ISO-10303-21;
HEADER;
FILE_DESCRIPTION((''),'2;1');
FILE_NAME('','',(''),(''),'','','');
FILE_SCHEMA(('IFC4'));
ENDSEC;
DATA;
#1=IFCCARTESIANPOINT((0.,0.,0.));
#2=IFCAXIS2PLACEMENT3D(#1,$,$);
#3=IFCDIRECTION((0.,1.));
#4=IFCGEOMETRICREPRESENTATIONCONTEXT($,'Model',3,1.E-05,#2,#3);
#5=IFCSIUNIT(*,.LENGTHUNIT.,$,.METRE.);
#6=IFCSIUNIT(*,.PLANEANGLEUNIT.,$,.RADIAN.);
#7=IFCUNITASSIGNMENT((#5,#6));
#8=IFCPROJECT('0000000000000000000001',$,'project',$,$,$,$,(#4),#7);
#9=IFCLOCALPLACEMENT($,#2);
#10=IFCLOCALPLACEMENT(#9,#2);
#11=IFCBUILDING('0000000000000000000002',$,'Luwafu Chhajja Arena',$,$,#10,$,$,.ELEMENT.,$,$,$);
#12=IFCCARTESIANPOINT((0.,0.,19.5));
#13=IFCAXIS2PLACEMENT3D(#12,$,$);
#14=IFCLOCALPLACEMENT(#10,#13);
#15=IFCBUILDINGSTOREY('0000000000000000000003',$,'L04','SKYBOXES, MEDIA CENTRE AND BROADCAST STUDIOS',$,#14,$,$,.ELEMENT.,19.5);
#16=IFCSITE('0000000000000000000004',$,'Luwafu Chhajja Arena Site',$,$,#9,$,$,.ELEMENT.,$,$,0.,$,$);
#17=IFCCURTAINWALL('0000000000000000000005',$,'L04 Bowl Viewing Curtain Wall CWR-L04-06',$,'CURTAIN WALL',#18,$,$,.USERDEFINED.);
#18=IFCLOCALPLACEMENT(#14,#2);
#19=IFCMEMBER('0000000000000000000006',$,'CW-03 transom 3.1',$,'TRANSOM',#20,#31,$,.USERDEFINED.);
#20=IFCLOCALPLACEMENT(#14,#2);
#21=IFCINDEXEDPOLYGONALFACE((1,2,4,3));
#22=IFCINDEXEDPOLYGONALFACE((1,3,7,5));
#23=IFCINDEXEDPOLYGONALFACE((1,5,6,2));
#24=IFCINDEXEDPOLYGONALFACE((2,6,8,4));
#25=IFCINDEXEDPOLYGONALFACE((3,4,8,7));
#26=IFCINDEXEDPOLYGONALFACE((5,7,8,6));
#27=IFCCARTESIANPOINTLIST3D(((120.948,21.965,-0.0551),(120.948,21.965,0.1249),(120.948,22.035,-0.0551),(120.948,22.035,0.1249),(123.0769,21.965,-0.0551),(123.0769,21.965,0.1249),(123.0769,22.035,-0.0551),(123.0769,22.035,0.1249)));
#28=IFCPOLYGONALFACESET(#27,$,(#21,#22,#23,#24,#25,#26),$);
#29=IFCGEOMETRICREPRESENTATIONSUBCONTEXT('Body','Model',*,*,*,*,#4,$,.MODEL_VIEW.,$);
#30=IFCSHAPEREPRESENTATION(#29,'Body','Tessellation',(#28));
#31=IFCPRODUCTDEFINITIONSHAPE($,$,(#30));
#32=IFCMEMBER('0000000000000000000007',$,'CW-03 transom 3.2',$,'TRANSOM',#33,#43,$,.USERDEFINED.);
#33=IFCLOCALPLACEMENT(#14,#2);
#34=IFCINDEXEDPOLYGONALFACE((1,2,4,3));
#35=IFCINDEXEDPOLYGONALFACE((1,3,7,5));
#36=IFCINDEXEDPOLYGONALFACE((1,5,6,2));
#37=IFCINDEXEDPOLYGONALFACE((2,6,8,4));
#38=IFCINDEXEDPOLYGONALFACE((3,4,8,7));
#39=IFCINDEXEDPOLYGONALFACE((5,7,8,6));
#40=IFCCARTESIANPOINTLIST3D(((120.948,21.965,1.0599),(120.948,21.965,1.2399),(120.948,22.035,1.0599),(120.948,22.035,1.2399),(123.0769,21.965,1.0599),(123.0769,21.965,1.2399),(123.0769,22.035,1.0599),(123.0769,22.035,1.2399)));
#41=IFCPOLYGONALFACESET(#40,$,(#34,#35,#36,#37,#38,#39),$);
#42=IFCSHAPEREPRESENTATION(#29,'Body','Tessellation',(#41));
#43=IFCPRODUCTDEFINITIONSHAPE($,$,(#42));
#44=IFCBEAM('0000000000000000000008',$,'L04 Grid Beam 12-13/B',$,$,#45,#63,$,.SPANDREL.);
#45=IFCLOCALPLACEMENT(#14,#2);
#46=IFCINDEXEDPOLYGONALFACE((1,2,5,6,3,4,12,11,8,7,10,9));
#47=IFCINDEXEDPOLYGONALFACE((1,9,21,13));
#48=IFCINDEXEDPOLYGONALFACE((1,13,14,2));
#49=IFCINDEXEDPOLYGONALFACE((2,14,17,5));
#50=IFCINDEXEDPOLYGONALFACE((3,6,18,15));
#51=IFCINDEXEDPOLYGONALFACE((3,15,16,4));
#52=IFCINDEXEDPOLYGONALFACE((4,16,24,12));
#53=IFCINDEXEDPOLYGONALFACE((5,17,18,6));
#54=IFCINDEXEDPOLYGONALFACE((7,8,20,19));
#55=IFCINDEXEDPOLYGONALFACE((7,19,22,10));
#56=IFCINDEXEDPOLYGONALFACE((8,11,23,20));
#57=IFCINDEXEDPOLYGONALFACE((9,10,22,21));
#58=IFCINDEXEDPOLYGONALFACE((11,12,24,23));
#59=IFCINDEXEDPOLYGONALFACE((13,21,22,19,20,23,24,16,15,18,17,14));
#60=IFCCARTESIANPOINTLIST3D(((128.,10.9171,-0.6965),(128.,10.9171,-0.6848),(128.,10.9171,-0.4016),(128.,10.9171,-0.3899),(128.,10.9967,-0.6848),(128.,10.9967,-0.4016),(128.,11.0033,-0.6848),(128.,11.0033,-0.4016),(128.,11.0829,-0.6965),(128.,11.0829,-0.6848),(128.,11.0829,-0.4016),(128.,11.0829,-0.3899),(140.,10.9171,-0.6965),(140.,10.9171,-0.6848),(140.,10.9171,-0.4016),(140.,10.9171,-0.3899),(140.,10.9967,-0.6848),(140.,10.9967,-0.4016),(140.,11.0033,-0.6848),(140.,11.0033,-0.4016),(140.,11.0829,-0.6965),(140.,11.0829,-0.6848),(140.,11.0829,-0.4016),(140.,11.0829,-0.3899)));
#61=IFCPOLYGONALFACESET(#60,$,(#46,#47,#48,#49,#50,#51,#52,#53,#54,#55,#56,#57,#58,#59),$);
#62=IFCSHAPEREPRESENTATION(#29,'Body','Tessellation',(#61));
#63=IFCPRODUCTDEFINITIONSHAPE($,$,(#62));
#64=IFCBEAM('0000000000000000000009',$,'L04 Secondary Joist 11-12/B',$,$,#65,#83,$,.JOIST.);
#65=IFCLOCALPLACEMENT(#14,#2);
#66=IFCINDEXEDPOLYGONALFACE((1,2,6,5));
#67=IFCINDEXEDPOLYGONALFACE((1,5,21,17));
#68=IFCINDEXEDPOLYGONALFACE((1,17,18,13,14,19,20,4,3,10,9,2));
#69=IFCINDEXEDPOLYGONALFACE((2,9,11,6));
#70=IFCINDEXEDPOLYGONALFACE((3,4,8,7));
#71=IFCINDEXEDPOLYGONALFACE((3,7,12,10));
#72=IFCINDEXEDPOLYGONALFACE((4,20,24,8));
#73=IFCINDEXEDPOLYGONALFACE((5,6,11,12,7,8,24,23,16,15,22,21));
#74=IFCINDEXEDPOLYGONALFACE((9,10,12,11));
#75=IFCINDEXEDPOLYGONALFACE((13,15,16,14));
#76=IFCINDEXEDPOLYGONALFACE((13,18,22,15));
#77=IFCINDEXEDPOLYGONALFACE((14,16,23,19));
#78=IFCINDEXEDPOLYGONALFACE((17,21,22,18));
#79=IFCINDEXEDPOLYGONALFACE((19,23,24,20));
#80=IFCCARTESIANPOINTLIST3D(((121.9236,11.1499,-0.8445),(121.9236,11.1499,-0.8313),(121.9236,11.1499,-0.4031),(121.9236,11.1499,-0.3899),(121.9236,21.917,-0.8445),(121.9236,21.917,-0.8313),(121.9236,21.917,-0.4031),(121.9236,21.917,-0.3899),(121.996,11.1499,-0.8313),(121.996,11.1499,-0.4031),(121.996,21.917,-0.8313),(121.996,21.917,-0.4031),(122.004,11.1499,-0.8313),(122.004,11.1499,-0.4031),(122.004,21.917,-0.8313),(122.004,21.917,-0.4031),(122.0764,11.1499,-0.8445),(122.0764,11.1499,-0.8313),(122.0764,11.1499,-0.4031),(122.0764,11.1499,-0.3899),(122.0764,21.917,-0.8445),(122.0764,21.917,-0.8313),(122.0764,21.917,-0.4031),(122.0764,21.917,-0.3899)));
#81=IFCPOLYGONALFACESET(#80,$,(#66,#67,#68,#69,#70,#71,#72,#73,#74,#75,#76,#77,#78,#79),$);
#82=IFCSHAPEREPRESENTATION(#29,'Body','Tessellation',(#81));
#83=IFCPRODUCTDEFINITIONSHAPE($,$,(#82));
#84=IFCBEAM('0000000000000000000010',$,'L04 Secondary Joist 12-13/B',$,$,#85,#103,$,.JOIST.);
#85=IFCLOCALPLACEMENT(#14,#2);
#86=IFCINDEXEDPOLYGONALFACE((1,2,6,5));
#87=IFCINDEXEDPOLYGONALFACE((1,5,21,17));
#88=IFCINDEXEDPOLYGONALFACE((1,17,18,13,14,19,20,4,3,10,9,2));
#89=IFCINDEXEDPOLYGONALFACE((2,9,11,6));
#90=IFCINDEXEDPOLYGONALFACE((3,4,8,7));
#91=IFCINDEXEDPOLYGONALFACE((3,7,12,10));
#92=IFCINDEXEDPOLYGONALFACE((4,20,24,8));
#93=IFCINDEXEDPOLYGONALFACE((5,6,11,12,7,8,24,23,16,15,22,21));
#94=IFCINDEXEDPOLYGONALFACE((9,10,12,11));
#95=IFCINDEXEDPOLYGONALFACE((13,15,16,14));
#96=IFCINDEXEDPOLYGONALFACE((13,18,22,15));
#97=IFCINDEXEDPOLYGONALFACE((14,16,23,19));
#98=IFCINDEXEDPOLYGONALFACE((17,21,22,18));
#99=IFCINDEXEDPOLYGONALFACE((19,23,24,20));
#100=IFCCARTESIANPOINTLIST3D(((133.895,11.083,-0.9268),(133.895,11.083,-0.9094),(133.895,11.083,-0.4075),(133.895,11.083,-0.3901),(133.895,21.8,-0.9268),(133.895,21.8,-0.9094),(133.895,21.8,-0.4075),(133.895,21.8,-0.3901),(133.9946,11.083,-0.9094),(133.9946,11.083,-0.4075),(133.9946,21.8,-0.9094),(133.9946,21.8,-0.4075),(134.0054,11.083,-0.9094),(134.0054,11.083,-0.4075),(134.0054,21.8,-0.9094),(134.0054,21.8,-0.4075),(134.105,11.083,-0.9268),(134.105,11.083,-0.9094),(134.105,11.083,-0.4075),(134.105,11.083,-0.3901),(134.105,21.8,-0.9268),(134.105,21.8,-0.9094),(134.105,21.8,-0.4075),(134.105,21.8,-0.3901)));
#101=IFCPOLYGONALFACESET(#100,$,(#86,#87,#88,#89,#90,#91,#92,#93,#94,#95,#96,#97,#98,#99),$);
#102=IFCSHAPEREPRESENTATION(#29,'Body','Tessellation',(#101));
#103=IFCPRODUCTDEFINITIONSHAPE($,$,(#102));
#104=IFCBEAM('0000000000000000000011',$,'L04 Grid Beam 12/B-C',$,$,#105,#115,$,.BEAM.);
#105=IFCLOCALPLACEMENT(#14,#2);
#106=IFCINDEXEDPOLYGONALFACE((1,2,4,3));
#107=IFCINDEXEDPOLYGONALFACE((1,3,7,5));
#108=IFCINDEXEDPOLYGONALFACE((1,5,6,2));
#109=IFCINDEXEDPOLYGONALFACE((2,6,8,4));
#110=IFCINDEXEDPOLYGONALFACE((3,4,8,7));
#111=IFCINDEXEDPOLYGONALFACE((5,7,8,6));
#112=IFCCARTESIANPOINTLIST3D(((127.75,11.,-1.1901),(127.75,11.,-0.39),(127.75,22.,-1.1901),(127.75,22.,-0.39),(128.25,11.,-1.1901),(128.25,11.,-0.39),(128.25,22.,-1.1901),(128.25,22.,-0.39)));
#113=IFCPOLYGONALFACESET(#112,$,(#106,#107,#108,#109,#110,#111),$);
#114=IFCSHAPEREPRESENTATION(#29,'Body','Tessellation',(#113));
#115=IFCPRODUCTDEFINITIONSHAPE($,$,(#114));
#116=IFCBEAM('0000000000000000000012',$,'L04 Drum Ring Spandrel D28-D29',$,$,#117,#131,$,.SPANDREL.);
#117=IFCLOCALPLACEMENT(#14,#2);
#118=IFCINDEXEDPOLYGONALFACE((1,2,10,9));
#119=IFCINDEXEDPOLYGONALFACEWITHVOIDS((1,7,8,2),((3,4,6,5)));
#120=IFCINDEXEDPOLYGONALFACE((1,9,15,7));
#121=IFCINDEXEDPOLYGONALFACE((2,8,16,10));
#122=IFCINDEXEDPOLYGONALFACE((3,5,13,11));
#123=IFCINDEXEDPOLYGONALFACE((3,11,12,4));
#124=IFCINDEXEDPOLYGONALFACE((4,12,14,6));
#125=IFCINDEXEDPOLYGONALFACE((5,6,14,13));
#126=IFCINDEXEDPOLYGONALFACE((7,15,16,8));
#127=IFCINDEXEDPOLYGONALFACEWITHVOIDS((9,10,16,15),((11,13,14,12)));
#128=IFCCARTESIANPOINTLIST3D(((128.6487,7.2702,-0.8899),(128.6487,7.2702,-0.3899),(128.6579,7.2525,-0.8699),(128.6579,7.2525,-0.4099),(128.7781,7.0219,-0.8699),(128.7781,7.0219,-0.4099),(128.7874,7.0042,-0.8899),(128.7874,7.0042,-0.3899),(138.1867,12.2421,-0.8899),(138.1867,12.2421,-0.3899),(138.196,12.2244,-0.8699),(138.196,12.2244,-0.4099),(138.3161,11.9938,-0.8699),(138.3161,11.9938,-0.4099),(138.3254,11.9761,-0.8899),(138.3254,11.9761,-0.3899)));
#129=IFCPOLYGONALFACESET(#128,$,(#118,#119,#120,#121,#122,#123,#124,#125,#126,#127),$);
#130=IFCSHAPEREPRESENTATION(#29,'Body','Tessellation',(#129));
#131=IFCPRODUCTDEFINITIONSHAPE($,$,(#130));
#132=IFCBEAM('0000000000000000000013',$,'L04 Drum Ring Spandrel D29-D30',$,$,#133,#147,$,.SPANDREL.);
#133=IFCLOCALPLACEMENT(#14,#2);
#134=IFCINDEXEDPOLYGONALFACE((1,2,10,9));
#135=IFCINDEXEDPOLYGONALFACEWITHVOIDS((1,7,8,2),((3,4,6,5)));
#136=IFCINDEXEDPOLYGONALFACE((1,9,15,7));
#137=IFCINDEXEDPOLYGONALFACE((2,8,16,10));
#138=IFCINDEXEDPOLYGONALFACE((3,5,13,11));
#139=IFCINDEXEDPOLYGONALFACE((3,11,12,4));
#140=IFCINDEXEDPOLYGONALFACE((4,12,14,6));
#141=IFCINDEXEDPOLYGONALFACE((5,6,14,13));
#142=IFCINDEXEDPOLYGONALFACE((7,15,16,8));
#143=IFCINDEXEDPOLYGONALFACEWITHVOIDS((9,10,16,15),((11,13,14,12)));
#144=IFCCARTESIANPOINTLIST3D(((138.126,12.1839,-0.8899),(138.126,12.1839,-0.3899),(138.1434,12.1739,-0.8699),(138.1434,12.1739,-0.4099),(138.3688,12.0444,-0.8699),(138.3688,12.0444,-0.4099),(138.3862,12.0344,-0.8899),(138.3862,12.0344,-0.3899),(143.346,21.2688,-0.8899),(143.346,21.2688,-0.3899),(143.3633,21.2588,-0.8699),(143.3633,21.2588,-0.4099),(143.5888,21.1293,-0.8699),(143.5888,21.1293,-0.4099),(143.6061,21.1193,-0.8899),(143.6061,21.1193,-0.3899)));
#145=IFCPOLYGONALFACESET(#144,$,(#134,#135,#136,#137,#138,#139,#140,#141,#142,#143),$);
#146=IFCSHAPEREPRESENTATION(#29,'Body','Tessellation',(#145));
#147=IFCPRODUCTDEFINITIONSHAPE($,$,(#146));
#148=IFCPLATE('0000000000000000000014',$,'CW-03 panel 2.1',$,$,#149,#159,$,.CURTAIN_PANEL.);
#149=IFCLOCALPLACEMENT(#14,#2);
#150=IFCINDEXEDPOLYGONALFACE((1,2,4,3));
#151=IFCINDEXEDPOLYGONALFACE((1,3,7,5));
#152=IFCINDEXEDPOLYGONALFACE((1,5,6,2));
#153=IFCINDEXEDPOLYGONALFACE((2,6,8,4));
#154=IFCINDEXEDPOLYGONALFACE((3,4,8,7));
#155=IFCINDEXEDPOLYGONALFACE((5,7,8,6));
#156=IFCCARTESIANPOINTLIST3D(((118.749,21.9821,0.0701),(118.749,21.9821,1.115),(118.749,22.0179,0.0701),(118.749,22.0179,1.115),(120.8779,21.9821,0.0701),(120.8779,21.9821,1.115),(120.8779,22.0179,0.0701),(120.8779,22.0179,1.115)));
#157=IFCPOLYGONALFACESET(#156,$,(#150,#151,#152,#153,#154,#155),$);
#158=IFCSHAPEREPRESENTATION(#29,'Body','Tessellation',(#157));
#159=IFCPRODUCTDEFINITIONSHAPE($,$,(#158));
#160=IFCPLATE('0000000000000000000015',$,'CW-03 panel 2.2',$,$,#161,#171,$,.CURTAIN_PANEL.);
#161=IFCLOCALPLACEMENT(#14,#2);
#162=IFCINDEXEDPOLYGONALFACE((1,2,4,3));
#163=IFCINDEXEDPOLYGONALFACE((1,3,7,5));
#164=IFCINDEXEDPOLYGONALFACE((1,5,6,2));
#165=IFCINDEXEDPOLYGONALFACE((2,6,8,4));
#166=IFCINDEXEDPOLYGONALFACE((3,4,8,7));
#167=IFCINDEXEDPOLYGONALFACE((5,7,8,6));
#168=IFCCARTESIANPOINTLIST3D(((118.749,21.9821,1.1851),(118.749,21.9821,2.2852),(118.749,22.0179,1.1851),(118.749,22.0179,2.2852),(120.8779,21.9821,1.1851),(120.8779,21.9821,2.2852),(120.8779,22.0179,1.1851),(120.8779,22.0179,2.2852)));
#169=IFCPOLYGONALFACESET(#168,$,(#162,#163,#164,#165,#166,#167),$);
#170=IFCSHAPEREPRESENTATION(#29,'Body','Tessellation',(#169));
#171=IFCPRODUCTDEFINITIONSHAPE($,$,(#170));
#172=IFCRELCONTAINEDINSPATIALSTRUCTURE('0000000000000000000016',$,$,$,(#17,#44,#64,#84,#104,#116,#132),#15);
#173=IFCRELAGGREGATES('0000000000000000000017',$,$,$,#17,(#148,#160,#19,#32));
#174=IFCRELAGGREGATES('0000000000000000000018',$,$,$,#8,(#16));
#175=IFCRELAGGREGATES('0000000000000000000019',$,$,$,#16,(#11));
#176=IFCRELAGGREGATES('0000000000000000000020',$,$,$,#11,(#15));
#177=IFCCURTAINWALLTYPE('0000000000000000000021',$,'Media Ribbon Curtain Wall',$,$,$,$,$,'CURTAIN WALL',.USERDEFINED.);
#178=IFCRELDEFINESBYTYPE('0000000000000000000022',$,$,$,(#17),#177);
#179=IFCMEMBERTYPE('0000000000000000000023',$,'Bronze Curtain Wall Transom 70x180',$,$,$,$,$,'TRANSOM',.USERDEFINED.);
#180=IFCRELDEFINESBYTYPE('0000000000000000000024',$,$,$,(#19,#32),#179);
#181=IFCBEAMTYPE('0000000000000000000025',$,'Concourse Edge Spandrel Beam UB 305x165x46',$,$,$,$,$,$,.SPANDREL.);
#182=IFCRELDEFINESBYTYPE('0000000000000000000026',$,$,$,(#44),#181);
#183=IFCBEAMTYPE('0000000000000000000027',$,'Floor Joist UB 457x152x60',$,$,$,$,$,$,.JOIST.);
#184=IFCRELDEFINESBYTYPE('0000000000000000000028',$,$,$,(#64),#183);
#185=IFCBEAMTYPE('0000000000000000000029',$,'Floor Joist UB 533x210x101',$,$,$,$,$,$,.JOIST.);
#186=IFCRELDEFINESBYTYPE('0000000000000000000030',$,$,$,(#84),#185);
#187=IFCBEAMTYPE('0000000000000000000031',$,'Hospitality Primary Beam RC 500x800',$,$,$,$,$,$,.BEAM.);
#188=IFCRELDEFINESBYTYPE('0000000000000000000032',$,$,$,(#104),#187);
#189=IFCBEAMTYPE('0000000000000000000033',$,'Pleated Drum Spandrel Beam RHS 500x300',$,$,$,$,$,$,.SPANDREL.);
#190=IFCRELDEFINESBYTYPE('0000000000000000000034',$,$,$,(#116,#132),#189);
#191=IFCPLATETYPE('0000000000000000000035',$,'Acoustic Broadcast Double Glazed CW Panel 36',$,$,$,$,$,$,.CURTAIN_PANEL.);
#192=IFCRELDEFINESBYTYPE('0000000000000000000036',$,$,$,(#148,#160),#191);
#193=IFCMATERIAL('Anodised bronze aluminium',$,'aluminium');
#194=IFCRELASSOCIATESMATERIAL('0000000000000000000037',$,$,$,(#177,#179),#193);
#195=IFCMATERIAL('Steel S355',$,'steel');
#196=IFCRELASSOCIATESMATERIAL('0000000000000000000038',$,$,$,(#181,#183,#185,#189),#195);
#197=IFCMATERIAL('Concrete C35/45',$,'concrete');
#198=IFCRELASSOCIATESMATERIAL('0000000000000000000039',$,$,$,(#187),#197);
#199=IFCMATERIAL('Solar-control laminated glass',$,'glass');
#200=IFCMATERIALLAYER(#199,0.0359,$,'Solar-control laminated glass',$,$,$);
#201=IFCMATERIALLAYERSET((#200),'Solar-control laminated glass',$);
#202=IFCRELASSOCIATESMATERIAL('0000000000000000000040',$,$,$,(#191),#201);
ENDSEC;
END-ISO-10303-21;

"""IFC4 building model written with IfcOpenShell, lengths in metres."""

from ifc_helpers import new_model, si_unit, direction, frame, origin, origin_2d, place, context, subcontext, project, spatial, rectangle, hollow_rectangle, i_section, extrude, material, layer, layer_set, material_profile, profile_set, type_object, element, aggregate, save


model = new_model("IFC4")

# Units and contexts
model_context = context("Model", 3, precision=1e-05, world=origin(), true_north=direction((0.0, 1.0)))
body_context = subcontext(model_context, "Body", "Model", "MODEL_VIEW")
ifc_project = project(units=[si_unit("LENGTHUNIT", "METRE"), si_unit("PLANEANGLEUNIT", "RADIAN")], contexts=[model_context])

# Site, building, storey
site_placement = place(None, origin())
site = spatial("IfcSite", under=ifc_project, at=site_placement, Name="Luwafu Chhajja Arena Site", CompositionType="ELEMENT", RefElevation=0.0)
building_placement = place(site_placement, origin())
building = spatial("IfcBuilding", under=site, at=building_placement, Name="Luwafu Chhajja Arena", CompositionType="ELEMENT")
storey_placement = place(building_placement, frame((0.0, 0.0, 19.5)))
storey = spatial("IfcBuildingStorey", under=building, at=storey_placement, Name="L04", Description="SKYBOXES, MEDIA CENTRE AND BROADCAST STUDIOS", CompositionType="ELEMENT", Elevation=19.5)

# Shared definitions
ifc_material_1 = material(Name="Concrete C35/45", Category="concrete")
ifc_material_2 = material(Name="Steel S355", Category="steel")

# Curtain wall, members
ifc_material_3 = material(Name="Anodised bronze aluminium", Category="aluminium")
curtain_wall_type = type_object("IfcCurtainWallType", Name="Media Ribbon Curtain Wall", ElementType="CURTAIN WALL", PredefinedType="USERDEFINED", material=ifc_material_3)
curtain_wall_placement = place(storey_placement, origin())
curtain_wall = element("IfcCurtainWall", 1, at=curtain_wall_placement, inside=storey, type_object=curtain_wall_type, Name="L04 Bowl Viewing Curtain Wall CWR-L04-06", ObjectType="CURTAIN WALL", PredefinedType="USERDEFINED")
ifc_material_profile_1 = material_profile(ifc_material_3, rectangle(XDim=0.0701, YDim=0.1799, at=origin_2d()), Name="CWT 70x180")
ifc_profile_set_1 = profile_set([ifc_material_profile_1], Name="Anodised bronze aluminium")
member_type_1 = type_object("IfcMemberType", Name="Bronze Curtain Wall Transom 70x180", ElementType="TRANSOM", PredefinedType="USERDEFINED", material=ifc_profile_set_1)
member_1_placement = place(storey_placement, frame((120.948, 22.0, 0.0349), z_axis=(1.0, 0.0, 0.0), x_axis=(0.0, 1.0, 0.0)))
member_1 = element("IfcMember", 2, at=member_1_placement, type_object=member_type_1, Name="CW-03 transom 3.1", ObjectType="TRANSOM", PredefinedType="USERDEFINED", context=body_context, shape_type="SweptSolid", body=[
    extrude(rectangle(XDim=0.0701, YDim=0.1799, at=origin_2d()), origin(), (0.0, 0.0, 1.0), 2.1289),
])
member_2_placement = place(storey_placement, frame((120.948, 22.0, 1.1499), z_axis=(1.0, 0.0, 0.0), x_axis=(0.0, 1.0, 0.0)))
member_2 = element("IfcMember", 3, at=member_2_placement, type_object=member_type_1, Name="CW-03 transom 3.2", ObjectType="TRANSOM", PredefinedType="USERDEFINED", context=body_context, shape_type="SweptSolid", body=[
    extrude(rectangle(XDim=0.0701, YDim=0.1799, at=origin_2d()), origin(), (0.0, 0.0, 1.0), 2.1289),
])

# Beams
ifc_material_profile_2 = material_profile(ifc_material_2, i_section(OverallWidth=0.1658, OverallDepth=0.3066, WebThickness=0.0066, FlangeThickness=0.0117, at=origin_2d()), Name="UB 305x165x46")
ifc_profile_set_2 = profile_set([ifc_material_profile_2], Name="Steel S355")
beam_type_1 = type_object("IfcBeamType", Name="Concourse Edge Spandrel Beam UB 305x165x46", PredefinedType="SPANDREL", material=ifc_profile_set_2)
beam_1_placement = place(storey_placement, frame((128.0, 11.0, -0.5432), z_axis=(1.0, 0.0, 0.0), x_axis=(0.0, 1.0, 0.0)))
element("IfcBeam", 4, at=beam_1_placement, inside=storey, type_object=beam_type_1, Name="L04 Grid Beam 12-13/B", PredefinedType="SPANDREL", context=body_context, shape_type="SweptSolid", body=[
    extrude(i_section(OverallWidth=0.1658, OverallDepth=0.3066, WebThickness=0.0066, FlangeThickness=0.0117, at=origin_2d()), origin(), (0.0, 0.0, 1.0), 12.0),
])
ifc_material_profile_3 = material_profile(ifc_material_2, i_section(OverallWidth=0.1528, OverallDepth=0.4546, WebThickness=0.0081, FlangeThickness=0.0132, at=origin_2d()), Name="UB 457x152x60")
ifc_profile_set_3 = profile_set([ifc_material_profile_3], Name="Steel S355")
beam_type_2 = type_object("IfcBeamType", Name="Floor Joist UB 457x152x60", PredefinedType="JOIST", material=ifc_profile_set_3)
beam_2_placement = place(storey_placement, frame((122.0, 11.1499, -0.6172), z_axis=(0.0, 1.0, 0.0), x_axis=(-1.0, 0.0, 0.0)))
element("IfcBeam", 5, at=beam_2_placement, inside=storey, type_object=beam_type_2, Name="L04 Secondary Joist 11-12/B", PredefinedType="JOIST", context=body_context, shape_type="SweptSolid", body=[
    extrude(i_section(OverallWidth=0.1528, OverallDepth=0.4546, WebThickness=0.0081, FlangeThickness=0.0132, at=origin_2d()), origin(), (0.0, 0.0, 1.0), 10.7671),
])
ifc_material_profile_4 = material_profile(ifc_material_2, i_section(OverallWidth=0.21, OverallDepth=0.5366, WebThickness=0.0107, FlangeThickness=0.0173, at=origin_2d()), Name="UB 533x210x101")
ifc_profile_set_4 = profile_set([ifc_material_profile_4], Name="Steel S355")
beam_type_3 = type_object("IfcBeamType", Name="Floor Joist UB 533x210x101", PredefinedType="JOIST", material=ifc_profile_set_4)
beam_3_placement = place(storey_placement, frame((134.0, 11.083, -0.6584), z_axis=(0.0, 1.0, 0.0), x_axis=(-1.0, 0.0, 0.0)))
element("IfcBeam", 6, at=beam_3_placement, inside=storey, type_object=beam_type_3, Name="L04 Secondary Joist 12-13/B", PredefinedType="JOIST", context=body_context, shape_type="SweptSolid", body=[
    extrude(i_section(OverallWidth=0.21, OverallDepth=0.5366, WebThickness=0.0107, FlangeThickness=0.0173, at=origin_2d()), origin(), (0.0, 0.0, 1.0), 10.717),
])
ifc_material_profile_5 = material_profile(ifc_material_1, rectangle(XDim=0.5, YDim=0.8, at=origin_2d()), Name="RC 500x800")
ifc_profile_set_5 = profile_set([ifc_material_profile_5], Name="Concrete C35/45")
beam_type_4 = type_object("IfcBeamType", Name="Hospitality Primary Beam RC 500x800", PredefinedType="BEAM", material=ifc_profile_set_5)
beam_4_placement = place(storey_placement, frame((128.0, 11.0, -0.79), z_axis=(0.0, 1.0, 0.0), x_axis=(-1.0, 0.0, 0.0)))
element("IfcBeam", 7, at=beam_4_placement, inside=storey, type_object=beam_type_4, Name="L04 Grid Beam 12/B-C", PredefinedType="BEAM", context=body_context, shape_type="SweptSolid", body=[
    extrude(rectangle(XDim=0.5, YDim=0.8, at=origin_2d()), origin(), (0.0, 0.0, 1.0), 11.0),
])
ifc_material_profile_6 = material_profile(ifc_material_2, hollow_rectangle(XDim=0.3, YDim=0.5, WallThickness=0.02, at=origin_2d()), Name="RHS 500x300x20")
ifc_profile_set_6 = profile_set([ifc_material_profile_6], Name="Steel S355")
beam_type_5 = type_object("IfcBeamType", Name="Pleated Drum Spandrel Beam RHS 500x300", PredefinedType="SPANDREL", material=ifc_profile_set_6)
beam_5_placement = place(storey_placement, frame((128.718, 7.1372, -0.6399), z_axis=(0.886755, 0.462239, 0.0), x_axis=(-0.462239, 0.886755, 0.0)))
element("IfcBeam", 8, at=beam_5_placement, inside=storey, type_object=beam_type_5, Name="L04 Drum Ring Spandrel D28-D29", PredefinedType="SPANDREL", context=body_context, shape_type="SweptSolid", body=[
    extrude(hollow_rectangle(XDim=0.3, YDim=0.5, WallThickness=0.02, at=origin_2d()), origin(), (0.0, 0.0, 1.0), 10.7561),
])
beam_6_placement = place(storey_placement, frame((138.2561, 12.1091, -0.6399), z_axis=(0.498193, 0.867066, 0.0), x_axis=(-0.867066, 0.498193, 0.0)))
element("IfcBeam", 9, at=beam_6_placement, inside=storey, type_object=beam_type_5, Name="L04 Drum Ring Spandrel D29-D30", PredefinedType="SPANDREL", context=body_context, shape_type="SweptSolid", body=[
    extrude(hollow_rectangle(XDim=0.3, YDim=0.5, WallThickness=0.02, at=origin_2d()), origin(), (0.0, 0.0, 1.0), 10.4778),
])

# Plates
ifc_material_4 = material(Name="Solar-control laminated glass", Category="glass")
ifc_layer_1 = layer(ifc_material_4, 0.0359, Name="Solar-control laminated glass")
ifc_layer_set_1 = layer_set([ifc_layer_1], Name="Solar-control laminated glass")
plate_type = type_object("IfcPlateType", Name="Acoustic Broadcast Double Glazed CW Panel 36", PredefinedType="CURTAIN_PANEL", material=ifc_layer_set_1)
plate_1_placement = place(storey_placement, frame((119.8135, 22.0, 0.0701), z_axis=(0.0, 0.0, 1.0), x_axis=(1.0, 0.0, 0.0)))
plate_1 = element("IfcPlate", 10, at=plate_1_placement, type_object=plate_type, Name="CW-03 panel 2.1", PredefinedType="CURTAIN_PANEL", context=body_context, shape_type="SweptSolid", body=[
    extrude(rectangle(XDim=2.1289, YDim=0.0359, at=origin_2d()), origin(), (0.0, 0.0, 1.0), 1.0449),
])
plate_2_placement = place(storey_placement, frame((119.8135, 22.0, 1.1851), z_axis=(0.0, 0.0, 1.0), x_axis=(1.0, 0.0, 0.0)))
plate_2 = element("IfcPlate", 11, at=plate_2_placement, type_object=plate_type, Name="CW-03 panel 2.2", PredefinedType="CURTAIN_PANEL", context=body_context, shape_type="SweptSolid", body=[
    extrude(rectangle(XDim=2.1289, YDim=0.0359, at=origin_2d()), origin(), (0.0, 0.0, 1.0), 1.1001),
])
aggregate(curtain_wall, [plate_1, plate_2, member_1, member_2])

save(model, "model.ifc")
